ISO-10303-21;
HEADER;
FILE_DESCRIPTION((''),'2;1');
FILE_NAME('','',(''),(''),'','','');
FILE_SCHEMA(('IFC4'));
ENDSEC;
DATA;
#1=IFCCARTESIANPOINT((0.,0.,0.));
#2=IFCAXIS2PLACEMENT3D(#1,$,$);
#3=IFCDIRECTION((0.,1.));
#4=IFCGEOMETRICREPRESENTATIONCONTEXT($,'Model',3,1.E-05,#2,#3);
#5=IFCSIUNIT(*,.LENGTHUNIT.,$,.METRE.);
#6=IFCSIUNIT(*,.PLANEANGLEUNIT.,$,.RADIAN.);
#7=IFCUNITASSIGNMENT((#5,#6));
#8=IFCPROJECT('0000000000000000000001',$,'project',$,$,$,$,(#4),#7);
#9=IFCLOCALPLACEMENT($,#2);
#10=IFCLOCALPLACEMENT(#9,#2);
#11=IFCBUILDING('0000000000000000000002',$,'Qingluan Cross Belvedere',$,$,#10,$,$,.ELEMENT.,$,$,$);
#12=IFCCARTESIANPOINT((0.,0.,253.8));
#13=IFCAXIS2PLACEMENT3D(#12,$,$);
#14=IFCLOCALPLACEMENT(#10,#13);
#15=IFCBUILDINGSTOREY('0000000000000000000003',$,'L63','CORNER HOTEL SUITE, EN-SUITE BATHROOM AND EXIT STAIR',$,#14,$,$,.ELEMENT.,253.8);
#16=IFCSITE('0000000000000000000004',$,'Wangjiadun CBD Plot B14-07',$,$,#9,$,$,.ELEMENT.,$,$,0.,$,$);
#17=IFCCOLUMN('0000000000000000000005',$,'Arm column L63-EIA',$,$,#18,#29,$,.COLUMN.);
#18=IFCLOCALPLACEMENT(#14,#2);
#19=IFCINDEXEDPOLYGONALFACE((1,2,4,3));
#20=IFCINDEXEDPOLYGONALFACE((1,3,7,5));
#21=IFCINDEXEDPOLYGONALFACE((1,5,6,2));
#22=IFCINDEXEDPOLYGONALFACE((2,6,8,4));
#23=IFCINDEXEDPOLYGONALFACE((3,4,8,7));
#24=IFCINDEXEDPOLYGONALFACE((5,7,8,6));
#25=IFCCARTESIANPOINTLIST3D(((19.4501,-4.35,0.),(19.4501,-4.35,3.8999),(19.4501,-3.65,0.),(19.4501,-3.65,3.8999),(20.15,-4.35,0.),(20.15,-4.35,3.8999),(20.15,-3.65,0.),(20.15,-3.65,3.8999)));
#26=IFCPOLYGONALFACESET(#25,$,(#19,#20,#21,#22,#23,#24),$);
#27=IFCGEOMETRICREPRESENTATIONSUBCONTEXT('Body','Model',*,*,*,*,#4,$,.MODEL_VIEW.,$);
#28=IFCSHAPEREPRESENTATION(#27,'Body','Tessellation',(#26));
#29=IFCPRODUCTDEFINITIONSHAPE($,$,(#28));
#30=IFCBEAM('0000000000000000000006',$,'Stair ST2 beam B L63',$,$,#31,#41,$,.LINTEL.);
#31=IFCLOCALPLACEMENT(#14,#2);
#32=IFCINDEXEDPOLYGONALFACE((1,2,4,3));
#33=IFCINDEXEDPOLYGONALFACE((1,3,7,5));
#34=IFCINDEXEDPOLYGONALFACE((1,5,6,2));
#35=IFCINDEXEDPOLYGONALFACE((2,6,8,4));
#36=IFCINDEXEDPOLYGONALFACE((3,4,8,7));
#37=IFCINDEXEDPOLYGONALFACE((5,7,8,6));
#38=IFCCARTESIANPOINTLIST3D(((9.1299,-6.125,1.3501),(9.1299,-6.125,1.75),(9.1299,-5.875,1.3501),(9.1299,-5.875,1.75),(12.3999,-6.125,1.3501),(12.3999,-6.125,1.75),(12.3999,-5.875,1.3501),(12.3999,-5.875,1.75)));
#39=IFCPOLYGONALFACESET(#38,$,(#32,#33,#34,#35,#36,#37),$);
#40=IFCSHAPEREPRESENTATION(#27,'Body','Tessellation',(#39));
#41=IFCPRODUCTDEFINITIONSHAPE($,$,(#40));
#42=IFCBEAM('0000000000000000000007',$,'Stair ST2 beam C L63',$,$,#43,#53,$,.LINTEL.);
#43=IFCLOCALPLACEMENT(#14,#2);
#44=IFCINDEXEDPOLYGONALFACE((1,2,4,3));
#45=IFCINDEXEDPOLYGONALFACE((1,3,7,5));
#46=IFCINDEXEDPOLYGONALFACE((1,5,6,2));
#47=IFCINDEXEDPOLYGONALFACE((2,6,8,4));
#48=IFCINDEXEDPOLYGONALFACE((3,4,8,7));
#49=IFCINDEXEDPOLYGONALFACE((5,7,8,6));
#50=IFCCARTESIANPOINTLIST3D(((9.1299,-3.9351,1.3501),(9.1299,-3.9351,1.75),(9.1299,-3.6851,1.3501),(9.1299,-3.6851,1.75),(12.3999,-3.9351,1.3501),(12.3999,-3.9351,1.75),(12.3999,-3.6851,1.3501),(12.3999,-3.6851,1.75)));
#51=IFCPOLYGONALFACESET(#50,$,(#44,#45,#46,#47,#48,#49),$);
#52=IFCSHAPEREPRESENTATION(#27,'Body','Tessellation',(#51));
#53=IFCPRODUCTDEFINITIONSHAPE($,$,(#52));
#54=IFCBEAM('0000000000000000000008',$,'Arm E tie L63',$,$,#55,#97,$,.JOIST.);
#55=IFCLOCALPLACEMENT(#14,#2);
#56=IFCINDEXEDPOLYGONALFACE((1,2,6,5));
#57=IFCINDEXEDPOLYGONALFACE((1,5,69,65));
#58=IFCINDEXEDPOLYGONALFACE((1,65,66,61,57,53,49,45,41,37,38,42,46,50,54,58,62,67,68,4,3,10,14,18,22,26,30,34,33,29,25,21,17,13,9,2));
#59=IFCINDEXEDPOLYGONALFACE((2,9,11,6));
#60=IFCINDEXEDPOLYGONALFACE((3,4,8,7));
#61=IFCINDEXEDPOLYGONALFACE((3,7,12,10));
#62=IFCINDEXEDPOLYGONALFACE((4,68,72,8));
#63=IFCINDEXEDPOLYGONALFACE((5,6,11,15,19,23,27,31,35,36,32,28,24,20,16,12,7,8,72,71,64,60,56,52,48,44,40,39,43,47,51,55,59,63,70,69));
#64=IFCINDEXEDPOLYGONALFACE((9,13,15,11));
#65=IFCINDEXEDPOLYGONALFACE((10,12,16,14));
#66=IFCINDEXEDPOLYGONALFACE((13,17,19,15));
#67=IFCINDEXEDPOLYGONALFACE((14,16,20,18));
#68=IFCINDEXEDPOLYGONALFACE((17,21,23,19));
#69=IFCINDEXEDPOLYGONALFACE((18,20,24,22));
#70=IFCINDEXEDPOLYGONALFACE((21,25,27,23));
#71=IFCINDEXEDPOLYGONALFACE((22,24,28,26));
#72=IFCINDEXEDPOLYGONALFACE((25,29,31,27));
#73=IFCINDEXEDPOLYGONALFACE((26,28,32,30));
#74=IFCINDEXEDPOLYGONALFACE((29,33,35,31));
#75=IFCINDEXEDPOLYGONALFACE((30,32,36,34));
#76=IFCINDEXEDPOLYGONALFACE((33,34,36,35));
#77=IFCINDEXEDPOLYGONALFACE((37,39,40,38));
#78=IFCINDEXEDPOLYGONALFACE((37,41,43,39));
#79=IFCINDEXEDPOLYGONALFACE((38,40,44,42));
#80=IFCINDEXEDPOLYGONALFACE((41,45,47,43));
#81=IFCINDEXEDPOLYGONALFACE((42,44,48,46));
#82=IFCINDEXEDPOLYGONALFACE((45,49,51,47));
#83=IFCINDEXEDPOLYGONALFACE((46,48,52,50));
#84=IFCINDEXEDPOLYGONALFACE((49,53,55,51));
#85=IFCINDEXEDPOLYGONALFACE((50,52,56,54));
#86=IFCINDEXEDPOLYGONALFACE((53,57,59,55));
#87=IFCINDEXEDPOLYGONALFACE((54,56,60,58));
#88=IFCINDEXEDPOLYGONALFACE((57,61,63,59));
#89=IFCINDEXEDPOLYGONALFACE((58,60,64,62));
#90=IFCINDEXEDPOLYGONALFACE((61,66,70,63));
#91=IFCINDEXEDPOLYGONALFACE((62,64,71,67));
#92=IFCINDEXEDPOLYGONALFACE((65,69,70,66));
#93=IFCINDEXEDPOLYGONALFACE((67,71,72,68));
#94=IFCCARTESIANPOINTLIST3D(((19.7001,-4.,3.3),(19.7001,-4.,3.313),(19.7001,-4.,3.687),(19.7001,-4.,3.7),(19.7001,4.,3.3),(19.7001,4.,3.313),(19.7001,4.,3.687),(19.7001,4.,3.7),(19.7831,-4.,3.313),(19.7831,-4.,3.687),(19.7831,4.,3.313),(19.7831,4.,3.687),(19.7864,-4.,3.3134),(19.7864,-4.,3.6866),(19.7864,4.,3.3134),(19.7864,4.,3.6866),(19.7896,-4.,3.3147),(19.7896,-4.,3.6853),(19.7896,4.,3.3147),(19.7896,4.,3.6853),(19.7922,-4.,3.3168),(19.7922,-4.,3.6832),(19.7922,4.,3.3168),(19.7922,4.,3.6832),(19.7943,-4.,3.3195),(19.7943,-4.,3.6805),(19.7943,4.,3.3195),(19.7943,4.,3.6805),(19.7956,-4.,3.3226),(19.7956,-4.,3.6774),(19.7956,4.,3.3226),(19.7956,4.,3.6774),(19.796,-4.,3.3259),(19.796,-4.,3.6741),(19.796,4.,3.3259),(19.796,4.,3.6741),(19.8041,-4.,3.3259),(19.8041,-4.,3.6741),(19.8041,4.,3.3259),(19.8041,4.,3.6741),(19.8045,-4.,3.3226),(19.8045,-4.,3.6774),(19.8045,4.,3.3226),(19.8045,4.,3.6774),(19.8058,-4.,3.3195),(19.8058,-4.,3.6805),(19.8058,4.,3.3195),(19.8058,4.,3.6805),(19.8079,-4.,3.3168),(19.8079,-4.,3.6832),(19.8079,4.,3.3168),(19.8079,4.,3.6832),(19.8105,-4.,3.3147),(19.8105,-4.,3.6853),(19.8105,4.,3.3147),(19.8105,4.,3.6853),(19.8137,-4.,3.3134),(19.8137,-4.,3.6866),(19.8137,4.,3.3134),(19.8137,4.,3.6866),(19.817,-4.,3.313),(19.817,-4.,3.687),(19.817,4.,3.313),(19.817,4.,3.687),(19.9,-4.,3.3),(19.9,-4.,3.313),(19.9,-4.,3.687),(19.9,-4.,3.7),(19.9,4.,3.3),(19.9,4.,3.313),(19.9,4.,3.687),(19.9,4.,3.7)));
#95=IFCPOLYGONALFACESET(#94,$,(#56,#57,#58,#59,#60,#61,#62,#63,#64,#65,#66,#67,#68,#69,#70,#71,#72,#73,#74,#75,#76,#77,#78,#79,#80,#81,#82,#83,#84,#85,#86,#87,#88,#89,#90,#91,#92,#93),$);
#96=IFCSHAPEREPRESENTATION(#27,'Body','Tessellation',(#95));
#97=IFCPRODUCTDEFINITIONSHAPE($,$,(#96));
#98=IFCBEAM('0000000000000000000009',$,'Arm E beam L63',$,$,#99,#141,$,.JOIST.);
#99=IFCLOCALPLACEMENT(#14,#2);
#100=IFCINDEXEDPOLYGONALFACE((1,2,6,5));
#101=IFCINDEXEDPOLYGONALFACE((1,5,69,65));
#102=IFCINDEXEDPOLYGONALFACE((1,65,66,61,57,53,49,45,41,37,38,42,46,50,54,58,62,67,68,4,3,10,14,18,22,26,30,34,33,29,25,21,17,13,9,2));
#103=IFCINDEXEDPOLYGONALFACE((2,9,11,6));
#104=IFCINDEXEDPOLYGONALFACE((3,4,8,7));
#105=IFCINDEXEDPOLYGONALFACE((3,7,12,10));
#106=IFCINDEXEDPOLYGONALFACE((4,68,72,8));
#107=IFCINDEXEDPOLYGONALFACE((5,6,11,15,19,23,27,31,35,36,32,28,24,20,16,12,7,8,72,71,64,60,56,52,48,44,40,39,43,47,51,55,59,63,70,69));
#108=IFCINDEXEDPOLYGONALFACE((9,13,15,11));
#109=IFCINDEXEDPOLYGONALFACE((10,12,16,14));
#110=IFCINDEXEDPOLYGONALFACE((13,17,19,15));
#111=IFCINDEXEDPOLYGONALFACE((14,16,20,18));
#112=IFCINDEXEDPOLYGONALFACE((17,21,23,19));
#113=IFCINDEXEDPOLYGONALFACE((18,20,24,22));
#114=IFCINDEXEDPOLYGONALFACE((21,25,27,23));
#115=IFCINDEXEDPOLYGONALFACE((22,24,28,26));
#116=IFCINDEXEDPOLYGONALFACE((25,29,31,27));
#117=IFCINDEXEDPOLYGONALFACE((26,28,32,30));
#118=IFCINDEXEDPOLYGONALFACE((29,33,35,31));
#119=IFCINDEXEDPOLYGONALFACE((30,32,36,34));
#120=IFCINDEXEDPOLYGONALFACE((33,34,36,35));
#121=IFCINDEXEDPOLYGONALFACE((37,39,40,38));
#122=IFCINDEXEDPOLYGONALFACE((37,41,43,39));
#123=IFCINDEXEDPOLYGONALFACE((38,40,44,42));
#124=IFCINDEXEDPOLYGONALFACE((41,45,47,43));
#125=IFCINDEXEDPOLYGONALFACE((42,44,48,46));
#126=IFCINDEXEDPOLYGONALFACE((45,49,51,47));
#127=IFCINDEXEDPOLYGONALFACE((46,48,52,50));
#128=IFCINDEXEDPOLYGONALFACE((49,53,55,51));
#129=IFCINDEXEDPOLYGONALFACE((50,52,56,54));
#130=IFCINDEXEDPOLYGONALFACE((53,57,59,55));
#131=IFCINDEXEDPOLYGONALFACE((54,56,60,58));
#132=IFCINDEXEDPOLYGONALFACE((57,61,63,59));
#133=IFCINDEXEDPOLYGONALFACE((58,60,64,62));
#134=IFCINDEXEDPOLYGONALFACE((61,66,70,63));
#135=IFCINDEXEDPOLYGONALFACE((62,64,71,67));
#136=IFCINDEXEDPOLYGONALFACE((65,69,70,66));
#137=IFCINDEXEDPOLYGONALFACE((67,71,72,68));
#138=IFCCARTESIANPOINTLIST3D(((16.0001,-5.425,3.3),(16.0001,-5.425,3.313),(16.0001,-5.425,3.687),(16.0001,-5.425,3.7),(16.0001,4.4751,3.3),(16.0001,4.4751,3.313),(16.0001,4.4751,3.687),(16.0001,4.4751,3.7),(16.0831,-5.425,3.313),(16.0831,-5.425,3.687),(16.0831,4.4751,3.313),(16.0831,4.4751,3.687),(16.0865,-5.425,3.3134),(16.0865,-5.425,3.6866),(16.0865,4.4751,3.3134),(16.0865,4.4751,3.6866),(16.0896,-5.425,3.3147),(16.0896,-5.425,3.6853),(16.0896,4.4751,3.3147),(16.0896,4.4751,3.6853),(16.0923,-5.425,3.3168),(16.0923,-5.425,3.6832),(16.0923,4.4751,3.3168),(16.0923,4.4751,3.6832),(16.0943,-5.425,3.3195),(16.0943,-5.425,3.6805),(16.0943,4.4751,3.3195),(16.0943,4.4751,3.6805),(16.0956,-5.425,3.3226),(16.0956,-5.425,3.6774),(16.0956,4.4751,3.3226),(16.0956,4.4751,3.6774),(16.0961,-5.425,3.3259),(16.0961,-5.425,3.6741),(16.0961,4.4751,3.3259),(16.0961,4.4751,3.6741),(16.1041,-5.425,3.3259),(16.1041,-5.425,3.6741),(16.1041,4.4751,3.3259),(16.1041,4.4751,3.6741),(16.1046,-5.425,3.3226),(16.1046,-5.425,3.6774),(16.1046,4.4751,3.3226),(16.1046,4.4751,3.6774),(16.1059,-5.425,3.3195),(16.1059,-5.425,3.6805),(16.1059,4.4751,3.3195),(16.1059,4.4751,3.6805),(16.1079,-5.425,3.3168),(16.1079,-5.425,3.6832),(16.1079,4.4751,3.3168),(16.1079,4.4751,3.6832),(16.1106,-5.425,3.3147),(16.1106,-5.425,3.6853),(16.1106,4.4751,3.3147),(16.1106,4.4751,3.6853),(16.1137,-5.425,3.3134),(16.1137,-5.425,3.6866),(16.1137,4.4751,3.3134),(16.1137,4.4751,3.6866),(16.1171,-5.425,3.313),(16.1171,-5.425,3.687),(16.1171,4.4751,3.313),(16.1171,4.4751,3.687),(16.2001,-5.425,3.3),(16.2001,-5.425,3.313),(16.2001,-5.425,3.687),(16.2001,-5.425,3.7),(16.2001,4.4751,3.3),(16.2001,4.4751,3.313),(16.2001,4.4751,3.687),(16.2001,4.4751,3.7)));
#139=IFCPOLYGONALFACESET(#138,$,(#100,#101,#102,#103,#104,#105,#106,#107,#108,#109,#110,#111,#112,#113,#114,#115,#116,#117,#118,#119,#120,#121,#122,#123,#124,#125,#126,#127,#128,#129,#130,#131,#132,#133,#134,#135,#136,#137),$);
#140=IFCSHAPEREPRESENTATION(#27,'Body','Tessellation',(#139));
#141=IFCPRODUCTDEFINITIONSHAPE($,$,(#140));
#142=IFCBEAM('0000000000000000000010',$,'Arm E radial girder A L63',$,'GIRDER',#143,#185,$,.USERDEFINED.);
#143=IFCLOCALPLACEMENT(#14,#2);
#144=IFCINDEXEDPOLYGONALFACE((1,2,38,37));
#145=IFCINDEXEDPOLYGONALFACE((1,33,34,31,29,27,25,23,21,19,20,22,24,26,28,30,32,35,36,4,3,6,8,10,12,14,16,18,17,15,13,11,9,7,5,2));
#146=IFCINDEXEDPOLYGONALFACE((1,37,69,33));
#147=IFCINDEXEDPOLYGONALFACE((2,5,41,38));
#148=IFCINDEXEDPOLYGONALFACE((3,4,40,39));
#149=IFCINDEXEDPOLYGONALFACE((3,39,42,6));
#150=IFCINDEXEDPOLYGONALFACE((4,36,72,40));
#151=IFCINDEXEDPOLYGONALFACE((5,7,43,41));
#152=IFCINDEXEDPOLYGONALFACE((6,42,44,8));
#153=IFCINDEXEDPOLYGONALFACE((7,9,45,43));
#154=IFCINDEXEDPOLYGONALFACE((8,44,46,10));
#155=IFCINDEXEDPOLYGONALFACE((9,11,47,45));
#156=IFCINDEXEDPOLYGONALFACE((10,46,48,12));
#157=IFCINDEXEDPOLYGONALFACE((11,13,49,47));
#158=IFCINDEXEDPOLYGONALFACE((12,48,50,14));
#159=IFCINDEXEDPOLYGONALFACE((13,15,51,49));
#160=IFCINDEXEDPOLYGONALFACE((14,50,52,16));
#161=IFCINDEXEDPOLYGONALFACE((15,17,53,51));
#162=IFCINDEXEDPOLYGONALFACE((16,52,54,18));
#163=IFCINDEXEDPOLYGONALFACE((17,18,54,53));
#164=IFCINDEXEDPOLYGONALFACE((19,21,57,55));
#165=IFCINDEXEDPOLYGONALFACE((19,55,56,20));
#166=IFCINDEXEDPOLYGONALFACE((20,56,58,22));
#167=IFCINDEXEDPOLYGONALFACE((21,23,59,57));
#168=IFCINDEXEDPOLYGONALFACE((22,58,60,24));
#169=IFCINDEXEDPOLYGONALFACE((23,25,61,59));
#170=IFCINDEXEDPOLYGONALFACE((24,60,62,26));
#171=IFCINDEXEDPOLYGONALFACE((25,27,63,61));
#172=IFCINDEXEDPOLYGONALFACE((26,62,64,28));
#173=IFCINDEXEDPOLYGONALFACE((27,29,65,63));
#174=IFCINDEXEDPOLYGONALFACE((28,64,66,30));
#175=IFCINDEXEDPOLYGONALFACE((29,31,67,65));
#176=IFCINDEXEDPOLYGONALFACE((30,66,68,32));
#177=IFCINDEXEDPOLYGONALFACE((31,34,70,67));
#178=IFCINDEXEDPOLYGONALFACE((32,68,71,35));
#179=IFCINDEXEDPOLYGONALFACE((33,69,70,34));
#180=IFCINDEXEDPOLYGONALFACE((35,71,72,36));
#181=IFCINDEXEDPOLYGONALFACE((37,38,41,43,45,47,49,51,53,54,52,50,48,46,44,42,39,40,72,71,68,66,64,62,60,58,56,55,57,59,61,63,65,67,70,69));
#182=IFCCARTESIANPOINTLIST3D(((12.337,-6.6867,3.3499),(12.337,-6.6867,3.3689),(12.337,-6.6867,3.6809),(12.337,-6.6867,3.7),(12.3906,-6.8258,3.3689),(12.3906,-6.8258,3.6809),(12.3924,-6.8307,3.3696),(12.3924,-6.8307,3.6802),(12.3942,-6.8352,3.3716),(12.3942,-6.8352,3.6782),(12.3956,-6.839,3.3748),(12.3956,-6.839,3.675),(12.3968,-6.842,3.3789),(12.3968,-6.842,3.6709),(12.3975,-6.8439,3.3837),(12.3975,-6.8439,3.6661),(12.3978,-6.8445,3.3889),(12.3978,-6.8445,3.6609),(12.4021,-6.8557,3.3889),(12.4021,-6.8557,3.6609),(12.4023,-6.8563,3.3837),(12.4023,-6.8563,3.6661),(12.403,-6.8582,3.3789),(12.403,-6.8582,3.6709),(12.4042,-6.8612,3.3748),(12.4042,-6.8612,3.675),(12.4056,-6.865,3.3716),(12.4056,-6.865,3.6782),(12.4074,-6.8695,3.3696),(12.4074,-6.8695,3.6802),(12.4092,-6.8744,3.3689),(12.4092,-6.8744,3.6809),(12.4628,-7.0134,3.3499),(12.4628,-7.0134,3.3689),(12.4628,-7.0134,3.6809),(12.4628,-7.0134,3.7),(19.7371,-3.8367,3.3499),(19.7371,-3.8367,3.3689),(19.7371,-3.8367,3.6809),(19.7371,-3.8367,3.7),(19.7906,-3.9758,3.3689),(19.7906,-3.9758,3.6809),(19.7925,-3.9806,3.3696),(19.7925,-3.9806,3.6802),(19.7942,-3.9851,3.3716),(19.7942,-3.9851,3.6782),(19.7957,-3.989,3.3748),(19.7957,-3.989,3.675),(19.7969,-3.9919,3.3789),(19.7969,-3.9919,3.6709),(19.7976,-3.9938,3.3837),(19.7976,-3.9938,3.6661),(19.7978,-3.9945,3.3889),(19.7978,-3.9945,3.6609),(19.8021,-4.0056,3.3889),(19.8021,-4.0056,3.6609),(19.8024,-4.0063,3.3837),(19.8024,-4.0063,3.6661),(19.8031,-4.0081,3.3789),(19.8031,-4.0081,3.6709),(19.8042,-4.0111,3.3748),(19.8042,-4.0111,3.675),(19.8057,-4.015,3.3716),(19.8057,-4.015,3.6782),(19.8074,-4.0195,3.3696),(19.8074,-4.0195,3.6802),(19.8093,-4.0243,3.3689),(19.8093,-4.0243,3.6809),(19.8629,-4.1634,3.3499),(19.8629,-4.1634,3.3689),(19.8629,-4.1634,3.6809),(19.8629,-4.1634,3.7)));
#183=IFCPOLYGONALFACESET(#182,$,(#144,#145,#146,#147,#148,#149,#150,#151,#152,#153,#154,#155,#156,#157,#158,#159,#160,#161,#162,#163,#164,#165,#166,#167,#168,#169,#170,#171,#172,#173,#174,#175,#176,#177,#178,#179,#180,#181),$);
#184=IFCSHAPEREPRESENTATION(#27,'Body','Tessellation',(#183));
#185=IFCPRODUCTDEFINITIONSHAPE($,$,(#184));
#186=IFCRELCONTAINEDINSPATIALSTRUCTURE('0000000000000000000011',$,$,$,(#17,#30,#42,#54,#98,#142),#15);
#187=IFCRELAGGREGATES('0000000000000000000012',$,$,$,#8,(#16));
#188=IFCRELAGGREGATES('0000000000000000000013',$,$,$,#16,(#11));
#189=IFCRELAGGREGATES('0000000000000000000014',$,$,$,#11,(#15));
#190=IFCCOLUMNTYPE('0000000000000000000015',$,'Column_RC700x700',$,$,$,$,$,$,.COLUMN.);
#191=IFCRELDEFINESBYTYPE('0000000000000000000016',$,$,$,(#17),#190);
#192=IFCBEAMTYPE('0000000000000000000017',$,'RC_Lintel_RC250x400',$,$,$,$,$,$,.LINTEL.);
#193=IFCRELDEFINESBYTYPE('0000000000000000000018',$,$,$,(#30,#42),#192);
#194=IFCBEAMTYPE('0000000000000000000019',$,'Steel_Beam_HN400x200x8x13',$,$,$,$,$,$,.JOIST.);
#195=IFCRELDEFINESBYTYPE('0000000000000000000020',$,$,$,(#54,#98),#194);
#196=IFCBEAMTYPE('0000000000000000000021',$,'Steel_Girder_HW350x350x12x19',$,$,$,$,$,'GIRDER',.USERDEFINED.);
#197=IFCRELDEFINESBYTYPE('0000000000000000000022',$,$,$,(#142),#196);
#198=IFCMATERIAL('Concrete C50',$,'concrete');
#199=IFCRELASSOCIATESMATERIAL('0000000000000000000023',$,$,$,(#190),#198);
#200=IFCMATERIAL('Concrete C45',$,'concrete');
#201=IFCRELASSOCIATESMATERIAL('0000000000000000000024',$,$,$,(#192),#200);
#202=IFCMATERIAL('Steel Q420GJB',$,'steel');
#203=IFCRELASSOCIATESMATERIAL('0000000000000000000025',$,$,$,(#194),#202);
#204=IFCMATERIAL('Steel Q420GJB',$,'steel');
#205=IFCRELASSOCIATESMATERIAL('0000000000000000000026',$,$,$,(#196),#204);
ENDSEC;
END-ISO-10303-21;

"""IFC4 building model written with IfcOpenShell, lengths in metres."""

from ifc_helpers import new_model, si_unit, direction, frame, origin, origin_2d, place, context, subcontext, project, spatial, rectangle, i_section, extrude, material, material_profile, profile_set, type_object, element, save


model = new_model("IFC4")

# Units and contexts
model_context = context("Model", 3, precision=1e-05, world=origin(), true_north=direction((0.0, 1.0)))
body_context = subcontext(model_context, "Body", "Model", "MODEL_VIEW")
ifc_project = project(units=[si_unit("LENGTHUNIT", "METRE"), si_unit("PLANEANGLEUNIT", "RADIAN")], contexts=[model_context])

# Site, building, storey
site_placement = place(None, origin())
site = spatial("IfcSite", under=ifc_project, at=site_placement, Name="Wangjiadun CBD Plot B14-07", CompositionType="ELEMENT", RefElevation=0.0)
building_placement = place(site_placement, origin())
building = spatial("IfcBuilding", under=site, at=building_placement, Name="Qingluan Cross Belvedere", CompositionType="ELEMENT")
storey_placement = place(building_placement, frame((0.0, 0.0, 253.8)))
storey = spatial("IfcBuildingStorey", under=building, at=storey_placement, Name="L63", Description="CORNER HOTEL SUITE, EN-SUITE BATHROOM AND EXIT STAIR", CompositionType="ELEMENT", Elevation=253.8)

# Column
ifc_material_1 = material(Name="Concrete C50", Category="concrete")
ifc_material_profile_1 = material_profile(ifc_material_1, rectangle(XDim=0.7, YDim=0.7, at=origin_2d()), Name="RC700x700")
ifc_profile_set_1 = profile_set([ifc_material_profile_1], Name="Concrete C50")
column_type = type_object("IfcColumnType", Name="Column_RC700x700", PredefinedType="COLUMN", material=ifc_profile_set_1)
column_placement = place(storey_placement, frame((19.8, -4.0, 0.0), z_axis=(0.0, 0.0, 1.0), x_axis=(1.0, 0.0, 0.0)))
element("IfcColumn", 1, at=column_placement, inside=storey, type_object=column_type, Name="Arm column L63-EIA", PredefinedType="COLUMN", context=body_context, shape_type="SweptSolid", body=[
    extrude(rectangle(XDim=0.7, YDim=0.7, at=origin_2d()), origin(), (0.0, 0.0, 1.0), 3.8999),
])

# Beams
ifc_material_2 = material(Name="Concrete C45", Category="concrete")
ifc_material_profile_2 = material_profile(ifc_material_2, rectangle(XDim=0.25, YDim=0.3999, at=origin_2d()), Name="RC250x400")
ifc_profile_set_2 = profile_set([ifc_material_profile_2], Name="Concrete C45")
beam_type_1 = type_object("IfcBeamType", Name="RC_Lintel_RC250x400", PredefinedType="LINTEL", material=ifc_profile_set_2)
for number, where, z_axis, x_axis, name in (
    (2, (12.3999, -6.0, 1.55), (-1.0, 0.0, 0.0), (0.0, -1.0, 0.0), "Stair ST2 beam B L63"),
    (3, (12.3999, -3.8101, 1.55), (-1.0, 0.0, 0.0), (0.0, -1.0, 0.0), "Stair ST2 beam C L63"),
):
    element("IfcBeam", number, at=place(storey_placement, frame(where, z_axis=z_axis, x_axis=x_axis)), inside=storey, type_object=beam_type_1, Name=name, PredefinedType="LINTEL", context=body_context, shape_type="SweptSolid", body=[
        extrude(rectangle(XDim=0.25, YDim=0.3999, at=origin_2d()), origin(), (0.0, 0.0, 1.0), 3.27),
    ])
ifc_material_3 = material(Name="Steel Q420GJB", Category="steel")
ifc_material_profile_3 = material_profile(ifc_material_3, i_section(OverallWidth=0.2, OverallDepth=0.3999, WebThickness=0.0081, FlangeThickness=0.0129, FilletRadius=0.0129, at=origin_2d()), Name="HN400x200x8x13")
ifc_profile_set_3 = profile_set([ifc_material_profile_3], Name="Steel Q420GJB")
beam_type_2 = type_object("IfcBeamType", Name="Steel_Beam_HN400x200x8x13", PredefinedType="JOIST", material=ifc_profile_set_3)
beam_1_placement = place(storey_placement, frame((19.8, -4.0, 3.5), z_axis=(0.0, 1.0, 0.0), x_axis=(-1.0, 0.0, 0.0)))
element("IfcBeam", 4, at=beam_1_placement, inside=storey, type_object=beam_type_2, Name="Arm E tie L63", PredefinedType="JOIST", context=body_context, shape_type="SweptSolid", body=[
    extrude(i_section(OverallWidth=0.2, OverallDepth=0.3999, WebThickness=0.0081, FlangeThickness=0.0129, FilletRadius=0.0129, at=origin_2d()), origin(), (0.0, 0.0, 1.0), 8.0),
])
beam_2_placement = place(storey_placement, frame((16.1001, -5.425, 3.5), z_axis=(0.0, 1.0, 0.0), x_axis=(-1.0, 0.0, 0.0)))
element("IfcBeam", 5, at=beam_2_placement, inside=storey, type_object=beam_type_2, Name="Arm E beam L63", PredefinedType="JOIST", context=body_context, shape_type="SweptSolid", body=[
    extrude(i_section(OverallWidth=0.2, OverallDepth=0.3999, WebThickness=0.0081, FlangeThickness=0.0129, FilletRadius=0.0129, at=origin_2d()), origin(), (0.0, 0.0, 1.0), 9.9001),
])
ifc_material_4 = material(Name="Steel Q420GJB", Category="steel")
ifc_material_profile_4 = material_profile(ifc_material_4, i_section(OverallWidth=0.3501, OverallDepth=0.3501, WebThickness=0.012, FlangeThickness=0.019, FilletRadius=0.02, at=origin_2d()), Name="HW350x350x12x19")
ifc_profile_set_4 = profile_set([ifc_material_profile_4], Name="Steel Q420GJB")
beam_type_3 = type_object("IfcBeamType", Name="Steel_Girder_HW350x350x12x19", ElementType="GIRDER", PredefinedType="USERDEFINED", material=ifc_profile_set_4)
beam_3_placement = place(storey_placement, frame((12.3999, -6.8501, 3.5249), z_axis=(0.933181, 0.359406, 0.0), x_axis=(-0.359406, 0.933181, 0.0)))
element("IfcBeam", 6, at=beam_3_placement, inside=storey, type_object=beam_type_3, Name="Arm E radial girder A L63", ObjectType="GIRDER", PredefinedType="USERDEFINED", context=body_context, shape_type="SweptSolid", body=[
    extrude(i_section(OverallWidth=0.3501, OverallDepth=0.3501, WebThickness=0.012, FlangeThickness=0.019, FilletRadius=0.02, at=origin_2d()), origin(), (0.0, 0.0, 1.0), 7.9299),
])

save(model, "model.ifc")
